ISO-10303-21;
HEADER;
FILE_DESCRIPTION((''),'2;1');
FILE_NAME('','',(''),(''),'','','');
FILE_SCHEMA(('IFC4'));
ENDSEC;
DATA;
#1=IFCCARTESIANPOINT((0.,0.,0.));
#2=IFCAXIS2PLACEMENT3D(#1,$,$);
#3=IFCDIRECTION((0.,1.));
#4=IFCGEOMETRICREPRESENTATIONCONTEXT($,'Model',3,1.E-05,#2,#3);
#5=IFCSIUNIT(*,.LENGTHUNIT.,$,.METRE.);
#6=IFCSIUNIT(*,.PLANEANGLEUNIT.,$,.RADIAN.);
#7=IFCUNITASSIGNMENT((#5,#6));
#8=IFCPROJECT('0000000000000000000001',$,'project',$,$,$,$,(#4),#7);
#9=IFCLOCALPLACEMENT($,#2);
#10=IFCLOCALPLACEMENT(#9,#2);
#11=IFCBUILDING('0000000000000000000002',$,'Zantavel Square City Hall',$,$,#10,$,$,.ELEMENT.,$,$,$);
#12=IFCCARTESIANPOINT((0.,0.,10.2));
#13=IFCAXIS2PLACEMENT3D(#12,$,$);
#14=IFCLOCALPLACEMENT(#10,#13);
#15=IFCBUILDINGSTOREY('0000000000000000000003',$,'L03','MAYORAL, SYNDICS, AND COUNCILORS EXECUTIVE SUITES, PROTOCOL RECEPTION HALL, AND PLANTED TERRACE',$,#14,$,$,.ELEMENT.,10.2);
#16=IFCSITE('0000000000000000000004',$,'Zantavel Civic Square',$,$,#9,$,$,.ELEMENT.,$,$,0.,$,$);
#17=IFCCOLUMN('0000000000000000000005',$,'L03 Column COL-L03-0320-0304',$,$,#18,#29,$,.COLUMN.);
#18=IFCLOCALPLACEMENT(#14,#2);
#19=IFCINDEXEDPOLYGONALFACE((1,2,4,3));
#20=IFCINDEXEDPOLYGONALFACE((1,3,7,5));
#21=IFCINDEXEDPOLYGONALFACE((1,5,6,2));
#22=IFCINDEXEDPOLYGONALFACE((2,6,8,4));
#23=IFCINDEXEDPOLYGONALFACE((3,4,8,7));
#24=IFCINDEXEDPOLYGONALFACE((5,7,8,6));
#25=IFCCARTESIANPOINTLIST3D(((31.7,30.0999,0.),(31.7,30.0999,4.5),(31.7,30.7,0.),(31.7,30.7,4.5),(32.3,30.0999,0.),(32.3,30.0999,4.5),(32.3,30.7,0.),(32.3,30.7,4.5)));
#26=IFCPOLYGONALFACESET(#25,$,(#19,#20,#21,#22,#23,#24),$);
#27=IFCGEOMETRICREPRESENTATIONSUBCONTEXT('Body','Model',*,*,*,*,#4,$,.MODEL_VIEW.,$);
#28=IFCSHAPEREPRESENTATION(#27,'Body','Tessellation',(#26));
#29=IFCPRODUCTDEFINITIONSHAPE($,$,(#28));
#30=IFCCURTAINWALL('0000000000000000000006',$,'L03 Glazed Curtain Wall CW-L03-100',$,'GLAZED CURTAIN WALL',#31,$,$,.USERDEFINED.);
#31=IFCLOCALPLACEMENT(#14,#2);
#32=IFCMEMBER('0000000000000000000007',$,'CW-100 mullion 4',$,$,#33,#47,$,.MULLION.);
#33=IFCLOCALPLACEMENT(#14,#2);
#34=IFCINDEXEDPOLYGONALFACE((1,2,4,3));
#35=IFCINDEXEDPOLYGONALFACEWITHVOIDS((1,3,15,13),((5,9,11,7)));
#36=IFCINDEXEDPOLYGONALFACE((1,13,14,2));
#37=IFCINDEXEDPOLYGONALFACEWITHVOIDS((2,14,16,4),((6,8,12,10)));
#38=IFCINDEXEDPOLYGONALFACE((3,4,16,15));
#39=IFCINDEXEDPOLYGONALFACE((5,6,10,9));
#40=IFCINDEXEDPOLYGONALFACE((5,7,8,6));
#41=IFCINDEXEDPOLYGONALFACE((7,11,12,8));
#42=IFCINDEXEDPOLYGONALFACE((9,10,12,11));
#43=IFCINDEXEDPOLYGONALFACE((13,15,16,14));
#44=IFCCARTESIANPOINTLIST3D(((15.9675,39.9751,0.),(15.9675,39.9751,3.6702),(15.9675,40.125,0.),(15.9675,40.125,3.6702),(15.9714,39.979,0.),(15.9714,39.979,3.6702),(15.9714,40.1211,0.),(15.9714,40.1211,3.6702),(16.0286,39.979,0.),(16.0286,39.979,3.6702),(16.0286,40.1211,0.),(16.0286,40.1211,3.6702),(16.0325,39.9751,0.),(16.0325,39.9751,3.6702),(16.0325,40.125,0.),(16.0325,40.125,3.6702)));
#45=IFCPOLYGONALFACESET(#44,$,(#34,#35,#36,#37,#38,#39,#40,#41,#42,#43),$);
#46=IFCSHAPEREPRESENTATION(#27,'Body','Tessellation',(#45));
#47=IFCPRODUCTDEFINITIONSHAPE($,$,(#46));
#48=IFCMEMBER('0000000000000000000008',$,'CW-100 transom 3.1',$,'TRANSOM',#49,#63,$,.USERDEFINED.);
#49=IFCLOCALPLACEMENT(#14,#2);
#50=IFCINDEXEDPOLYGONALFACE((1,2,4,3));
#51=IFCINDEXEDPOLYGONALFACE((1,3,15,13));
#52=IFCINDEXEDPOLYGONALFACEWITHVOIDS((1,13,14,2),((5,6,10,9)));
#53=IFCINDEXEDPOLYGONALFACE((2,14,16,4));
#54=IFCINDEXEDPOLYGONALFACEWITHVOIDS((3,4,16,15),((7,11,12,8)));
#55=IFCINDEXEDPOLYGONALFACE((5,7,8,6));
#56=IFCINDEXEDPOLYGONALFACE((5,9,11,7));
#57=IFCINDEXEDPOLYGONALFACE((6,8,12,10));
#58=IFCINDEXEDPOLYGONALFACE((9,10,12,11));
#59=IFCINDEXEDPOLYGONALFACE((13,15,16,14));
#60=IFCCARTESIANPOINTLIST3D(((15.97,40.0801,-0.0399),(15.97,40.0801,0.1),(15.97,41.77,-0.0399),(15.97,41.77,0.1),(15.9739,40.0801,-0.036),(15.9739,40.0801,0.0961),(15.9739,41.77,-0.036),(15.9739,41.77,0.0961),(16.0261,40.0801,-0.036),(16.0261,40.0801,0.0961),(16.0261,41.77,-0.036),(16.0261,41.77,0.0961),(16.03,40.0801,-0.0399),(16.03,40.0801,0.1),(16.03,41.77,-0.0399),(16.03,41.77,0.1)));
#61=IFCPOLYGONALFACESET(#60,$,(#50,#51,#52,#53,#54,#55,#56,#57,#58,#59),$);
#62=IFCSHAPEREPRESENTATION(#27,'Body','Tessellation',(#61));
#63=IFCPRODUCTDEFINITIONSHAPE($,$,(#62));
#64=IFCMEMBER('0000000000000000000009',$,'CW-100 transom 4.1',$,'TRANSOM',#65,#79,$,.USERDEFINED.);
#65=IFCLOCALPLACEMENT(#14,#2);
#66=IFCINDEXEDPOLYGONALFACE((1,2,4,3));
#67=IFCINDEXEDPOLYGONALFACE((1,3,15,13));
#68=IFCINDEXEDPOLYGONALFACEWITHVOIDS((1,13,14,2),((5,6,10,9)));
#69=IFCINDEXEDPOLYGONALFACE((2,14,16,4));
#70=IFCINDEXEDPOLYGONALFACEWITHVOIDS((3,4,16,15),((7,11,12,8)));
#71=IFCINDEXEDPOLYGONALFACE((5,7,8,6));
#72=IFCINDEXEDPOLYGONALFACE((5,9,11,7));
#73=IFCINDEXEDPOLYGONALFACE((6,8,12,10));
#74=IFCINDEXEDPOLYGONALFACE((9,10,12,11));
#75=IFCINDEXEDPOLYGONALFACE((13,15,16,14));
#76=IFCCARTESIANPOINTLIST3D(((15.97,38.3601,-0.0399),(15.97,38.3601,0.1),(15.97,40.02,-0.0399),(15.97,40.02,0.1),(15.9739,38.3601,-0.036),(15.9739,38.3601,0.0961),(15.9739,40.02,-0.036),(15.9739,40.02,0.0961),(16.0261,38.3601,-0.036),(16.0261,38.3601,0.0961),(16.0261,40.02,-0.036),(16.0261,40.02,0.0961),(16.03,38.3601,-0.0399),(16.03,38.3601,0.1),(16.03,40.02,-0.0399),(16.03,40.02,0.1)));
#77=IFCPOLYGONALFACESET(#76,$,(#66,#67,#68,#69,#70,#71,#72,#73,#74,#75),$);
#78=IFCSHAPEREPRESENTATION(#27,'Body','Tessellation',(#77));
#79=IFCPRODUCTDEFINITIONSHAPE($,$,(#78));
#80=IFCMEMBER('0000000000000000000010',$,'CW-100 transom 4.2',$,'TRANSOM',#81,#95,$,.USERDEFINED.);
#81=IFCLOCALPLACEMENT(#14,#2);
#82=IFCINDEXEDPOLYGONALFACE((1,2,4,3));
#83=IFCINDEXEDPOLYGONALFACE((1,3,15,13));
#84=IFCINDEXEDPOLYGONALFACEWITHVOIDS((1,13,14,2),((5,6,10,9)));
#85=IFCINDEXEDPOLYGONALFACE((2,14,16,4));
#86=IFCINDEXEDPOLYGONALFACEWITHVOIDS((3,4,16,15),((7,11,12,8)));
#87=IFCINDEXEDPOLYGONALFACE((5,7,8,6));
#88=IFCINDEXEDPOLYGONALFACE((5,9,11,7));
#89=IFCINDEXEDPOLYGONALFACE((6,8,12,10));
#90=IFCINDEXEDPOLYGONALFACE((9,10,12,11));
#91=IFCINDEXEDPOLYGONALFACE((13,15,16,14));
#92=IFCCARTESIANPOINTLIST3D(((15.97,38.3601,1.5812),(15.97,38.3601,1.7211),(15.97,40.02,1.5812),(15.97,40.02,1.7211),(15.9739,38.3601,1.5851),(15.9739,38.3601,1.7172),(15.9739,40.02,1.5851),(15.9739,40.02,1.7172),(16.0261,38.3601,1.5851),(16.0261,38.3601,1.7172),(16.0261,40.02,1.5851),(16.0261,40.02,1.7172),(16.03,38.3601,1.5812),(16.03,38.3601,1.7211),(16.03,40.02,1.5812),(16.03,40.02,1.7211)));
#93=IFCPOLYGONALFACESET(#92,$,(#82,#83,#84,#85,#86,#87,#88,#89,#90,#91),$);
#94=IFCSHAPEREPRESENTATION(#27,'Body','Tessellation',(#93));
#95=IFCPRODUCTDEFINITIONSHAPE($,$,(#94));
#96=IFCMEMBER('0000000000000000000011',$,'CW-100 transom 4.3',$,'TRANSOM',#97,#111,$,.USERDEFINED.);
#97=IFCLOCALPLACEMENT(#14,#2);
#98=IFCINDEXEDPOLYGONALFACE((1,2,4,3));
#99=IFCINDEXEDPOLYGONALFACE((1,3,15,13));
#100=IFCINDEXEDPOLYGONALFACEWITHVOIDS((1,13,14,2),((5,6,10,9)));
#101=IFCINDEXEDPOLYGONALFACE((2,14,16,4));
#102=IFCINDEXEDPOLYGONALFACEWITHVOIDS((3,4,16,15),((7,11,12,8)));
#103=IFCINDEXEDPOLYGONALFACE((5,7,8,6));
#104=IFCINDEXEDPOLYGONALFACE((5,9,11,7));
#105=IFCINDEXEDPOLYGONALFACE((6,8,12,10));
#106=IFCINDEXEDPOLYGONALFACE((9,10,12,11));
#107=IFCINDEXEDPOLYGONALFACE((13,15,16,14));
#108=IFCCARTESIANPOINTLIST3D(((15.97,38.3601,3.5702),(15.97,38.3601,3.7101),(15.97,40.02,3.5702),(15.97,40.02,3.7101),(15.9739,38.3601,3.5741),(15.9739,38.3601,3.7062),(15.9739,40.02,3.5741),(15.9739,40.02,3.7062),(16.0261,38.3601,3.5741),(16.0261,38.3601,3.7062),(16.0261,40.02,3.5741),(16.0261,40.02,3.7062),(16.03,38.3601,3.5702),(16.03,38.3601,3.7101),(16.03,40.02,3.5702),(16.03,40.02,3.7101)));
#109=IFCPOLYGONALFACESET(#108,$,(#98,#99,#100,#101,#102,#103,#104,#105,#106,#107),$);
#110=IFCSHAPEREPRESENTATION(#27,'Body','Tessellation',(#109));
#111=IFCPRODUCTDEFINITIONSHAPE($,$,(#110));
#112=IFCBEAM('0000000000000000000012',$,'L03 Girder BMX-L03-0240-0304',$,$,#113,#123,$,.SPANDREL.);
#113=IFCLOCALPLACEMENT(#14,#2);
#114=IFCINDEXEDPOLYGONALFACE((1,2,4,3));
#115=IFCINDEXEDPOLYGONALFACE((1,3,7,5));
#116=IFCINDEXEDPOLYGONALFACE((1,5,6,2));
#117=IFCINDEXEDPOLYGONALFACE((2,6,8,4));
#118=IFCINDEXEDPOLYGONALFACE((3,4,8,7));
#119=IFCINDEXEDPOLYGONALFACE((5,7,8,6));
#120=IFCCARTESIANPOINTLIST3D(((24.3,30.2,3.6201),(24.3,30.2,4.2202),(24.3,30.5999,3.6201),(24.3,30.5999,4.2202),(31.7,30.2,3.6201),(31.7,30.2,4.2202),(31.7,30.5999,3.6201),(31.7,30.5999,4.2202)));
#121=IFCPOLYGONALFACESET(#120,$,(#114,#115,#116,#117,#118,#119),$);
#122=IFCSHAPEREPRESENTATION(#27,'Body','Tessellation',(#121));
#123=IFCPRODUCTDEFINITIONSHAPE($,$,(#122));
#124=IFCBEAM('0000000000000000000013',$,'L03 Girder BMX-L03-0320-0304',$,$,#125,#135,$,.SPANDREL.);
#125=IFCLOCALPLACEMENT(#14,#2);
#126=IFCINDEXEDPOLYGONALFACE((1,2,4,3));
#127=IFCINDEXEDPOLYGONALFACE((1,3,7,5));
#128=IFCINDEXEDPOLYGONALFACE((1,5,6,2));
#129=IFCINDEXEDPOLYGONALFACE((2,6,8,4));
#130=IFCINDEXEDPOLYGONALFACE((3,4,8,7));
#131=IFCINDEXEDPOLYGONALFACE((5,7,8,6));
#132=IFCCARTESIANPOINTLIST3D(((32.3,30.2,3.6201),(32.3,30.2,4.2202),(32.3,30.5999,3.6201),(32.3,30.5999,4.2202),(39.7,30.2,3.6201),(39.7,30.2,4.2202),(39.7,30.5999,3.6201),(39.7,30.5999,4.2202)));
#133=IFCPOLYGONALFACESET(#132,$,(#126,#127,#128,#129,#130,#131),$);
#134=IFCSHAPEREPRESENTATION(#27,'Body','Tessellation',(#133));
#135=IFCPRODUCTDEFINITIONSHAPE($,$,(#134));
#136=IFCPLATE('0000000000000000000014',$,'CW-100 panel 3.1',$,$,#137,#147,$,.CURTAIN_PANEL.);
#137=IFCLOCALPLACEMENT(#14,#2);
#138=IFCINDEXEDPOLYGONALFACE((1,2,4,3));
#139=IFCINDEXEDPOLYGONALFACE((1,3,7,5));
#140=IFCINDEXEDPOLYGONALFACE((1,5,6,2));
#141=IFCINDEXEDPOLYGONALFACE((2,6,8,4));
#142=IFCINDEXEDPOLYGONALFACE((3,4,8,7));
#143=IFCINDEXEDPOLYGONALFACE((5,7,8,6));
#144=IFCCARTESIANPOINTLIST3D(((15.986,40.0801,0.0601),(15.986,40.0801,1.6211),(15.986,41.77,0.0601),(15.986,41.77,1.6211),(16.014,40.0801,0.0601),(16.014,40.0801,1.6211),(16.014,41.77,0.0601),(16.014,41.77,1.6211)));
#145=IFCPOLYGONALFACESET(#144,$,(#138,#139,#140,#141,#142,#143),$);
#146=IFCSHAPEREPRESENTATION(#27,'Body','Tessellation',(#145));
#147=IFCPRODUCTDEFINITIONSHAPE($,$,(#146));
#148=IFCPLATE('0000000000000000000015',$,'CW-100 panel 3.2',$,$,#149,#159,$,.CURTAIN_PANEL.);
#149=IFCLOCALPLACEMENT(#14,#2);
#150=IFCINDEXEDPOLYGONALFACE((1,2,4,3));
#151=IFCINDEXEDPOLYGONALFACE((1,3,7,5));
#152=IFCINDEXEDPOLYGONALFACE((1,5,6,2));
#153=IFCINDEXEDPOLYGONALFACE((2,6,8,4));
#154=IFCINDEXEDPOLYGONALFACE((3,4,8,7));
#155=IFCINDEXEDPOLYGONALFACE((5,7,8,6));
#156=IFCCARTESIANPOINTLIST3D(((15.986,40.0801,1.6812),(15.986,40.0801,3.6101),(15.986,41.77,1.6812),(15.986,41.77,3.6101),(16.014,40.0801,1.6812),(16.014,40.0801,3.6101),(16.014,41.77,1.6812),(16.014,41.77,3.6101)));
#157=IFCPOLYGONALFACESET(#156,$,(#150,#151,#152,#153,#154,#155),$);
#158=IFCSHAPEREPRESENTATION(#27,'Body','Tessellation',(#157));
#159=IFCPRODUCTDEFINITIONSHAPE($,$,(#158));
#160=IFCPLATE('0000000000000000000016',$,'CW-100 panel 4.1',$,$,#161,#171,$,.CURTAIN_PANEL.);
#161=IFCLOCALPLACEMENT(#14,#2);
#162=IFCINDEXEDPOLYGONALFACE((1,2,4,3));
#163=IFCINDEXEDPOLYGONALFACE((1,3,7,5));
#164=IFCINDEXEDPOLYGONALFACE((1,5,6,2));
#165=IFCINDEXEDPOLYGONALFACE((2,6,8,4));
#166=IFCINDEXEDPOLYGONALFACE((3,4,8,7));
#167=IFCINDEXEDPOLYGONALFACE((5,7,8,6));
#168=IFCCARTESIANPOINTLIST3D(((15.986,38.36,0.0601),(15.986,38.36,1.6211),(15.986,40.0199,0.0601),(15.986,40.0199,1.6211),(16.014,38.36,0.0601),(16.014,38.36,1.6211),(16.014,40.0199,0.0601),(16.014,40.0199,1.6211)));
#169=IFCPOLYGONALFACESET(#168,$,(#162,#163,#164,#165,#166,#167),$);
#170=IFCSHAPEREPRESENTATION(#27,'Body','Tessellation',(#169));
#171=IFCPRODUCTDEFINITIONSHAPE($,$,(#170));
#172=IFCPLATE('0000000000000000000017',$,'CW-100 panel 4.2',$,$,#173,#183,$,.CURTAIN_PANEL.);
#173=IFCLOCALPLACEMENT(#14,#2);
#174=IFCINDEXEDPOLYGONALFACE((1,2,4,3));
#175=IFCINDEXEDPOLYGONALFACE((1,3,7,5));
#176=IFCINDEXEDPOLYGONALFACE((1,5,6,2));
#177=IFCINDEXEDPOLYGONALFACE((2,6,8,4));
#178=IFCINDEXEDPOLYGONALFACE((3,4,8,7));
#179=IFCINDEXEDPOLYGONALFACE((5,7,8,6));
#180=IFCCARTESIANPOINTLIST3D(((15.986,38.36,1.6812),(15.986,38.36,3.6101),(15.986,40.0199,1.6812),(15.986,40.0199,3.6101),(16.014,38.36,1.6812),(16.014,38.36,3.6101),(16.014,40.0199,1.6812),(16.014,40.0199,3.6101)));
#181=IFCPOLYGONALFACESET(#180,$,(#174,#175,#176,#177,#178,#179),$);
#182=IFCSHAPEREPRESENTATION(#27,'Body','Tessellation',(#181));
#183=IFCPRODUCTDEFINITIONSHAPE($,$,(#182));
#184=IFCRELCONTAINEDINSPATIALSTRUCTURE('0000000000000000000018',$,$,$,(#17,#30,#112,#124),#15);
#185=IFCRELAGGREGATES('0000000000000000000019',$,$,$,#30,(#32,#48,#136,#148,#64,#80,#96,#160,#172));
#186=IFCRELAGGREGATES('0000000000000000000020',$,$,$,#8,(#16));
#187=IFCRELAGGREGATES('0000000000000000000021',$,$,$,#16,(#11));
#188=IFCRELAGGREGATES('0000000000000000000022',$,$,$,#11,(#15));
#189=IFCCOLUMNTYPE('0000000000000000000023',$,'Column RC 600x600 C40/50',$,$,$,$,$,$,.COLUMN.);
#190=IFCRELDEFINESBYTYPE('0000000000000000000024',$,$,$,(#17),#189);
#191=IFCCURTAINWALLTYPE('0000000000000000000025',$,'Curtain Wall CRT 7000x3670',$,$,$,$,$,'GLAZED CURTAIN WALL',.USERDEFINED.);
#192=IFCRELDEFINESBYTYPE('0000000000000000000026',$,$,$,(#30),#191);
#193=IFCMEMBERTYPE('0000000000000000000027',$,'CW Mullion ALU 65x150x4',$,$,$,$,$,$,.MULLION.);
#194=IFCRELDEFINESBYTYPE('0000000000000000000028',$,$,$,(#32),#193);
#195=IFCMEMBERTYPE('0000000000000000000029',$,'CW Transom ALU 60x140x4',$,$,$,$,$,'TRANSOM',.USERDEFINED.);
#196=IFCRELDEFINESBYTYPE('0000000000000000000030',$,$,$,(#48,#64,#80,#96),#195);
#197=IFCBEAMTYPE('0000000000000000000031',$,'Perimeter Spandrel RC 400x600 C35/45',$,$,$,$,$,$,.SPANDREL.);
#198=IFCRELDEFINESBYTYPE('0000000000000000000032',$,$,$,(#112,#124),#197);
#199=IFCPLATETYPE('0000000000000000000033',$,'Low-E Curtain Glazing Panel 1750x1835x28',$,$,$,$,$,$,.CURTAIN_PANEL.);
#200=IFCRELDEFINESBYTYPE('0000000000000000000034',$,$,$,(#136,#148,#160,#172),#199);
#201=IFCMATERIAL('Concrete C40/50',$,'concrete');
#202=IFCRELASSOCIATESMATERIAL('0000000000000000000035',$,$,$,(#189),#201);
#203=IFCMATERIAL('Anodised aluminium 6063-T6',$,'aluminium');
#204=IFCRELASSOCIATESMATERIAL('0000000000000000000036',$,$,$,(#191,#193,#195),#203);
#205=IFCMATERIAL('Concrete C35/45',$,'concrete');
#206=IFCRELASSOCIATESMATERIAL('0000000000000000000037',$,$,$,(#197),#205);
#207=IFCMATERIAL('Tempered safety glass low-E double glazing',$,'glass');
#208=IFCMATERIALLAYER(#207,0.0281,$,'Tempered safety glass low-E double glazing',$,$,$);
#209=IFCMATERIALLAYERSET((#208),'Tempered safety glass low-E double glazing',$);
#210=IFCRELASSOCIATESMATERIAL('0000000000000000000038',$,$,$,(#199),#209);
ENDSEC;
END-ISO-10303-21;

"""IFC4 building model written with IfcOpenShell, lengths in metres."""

from ifc_helpers import new_model, si_unit, direction, frame, origin, origin_2d, place, context, subcontext, project, spatial, rectangle, hollow_rectangle, extrude, material, layer, layer_set, material_profile, profile_set, type_object, element, aggregate, save


model = new_model("IFC4")

# Units and contexts
model_context = context("Model", 3, precision=1e-05, world=origin(), true_north=direction((0.0, 1.0)))
body_context = subcontext(model_context, "Body", "Model", "MODEL_VIEW")
ifc_project = project(units=[si_unit("LENGTHUNIT", "METRE"), si_unit("PLANEANGLEUNIT", "RADIAN")], contexts=[model_context])

# Site, building, storey
site_placement = place(None, origin())
site = spatial("IfcSite", under=ifc_project, at=site_placement, Name="Zantavel Civic Square", CompositionType="ELEMENT", RefElevation=0.0)
building_placement = place(site_placement, origin())
building = spatial("IfcBuilding", under=site, at=building_placement, Name="Zantavel Square City Hall", CompositionType="ELEMENT")
storey_placement = place(building_placement, frame((0.0, 0.0, 10.2)))
storey = spatial("IfcBuildingStorey", under=building, at=storey_placement, Name="L03", Description="MAYORAL, SYNDICS, AND COUNCILORS EXECUTIVE SUITES, PROTOCOL RECEPTION HALL, AND PLANTED TERRACE", CompositionType="ELEMENT", Elevation=10.2)

# Column
ifc_material_1 = material(Name="Concrete C40/50", Category="concrete")
ifc_material_profile_1 = material_profile(ifc_material_1, rectangle(XDim=0.6001, YDim=0.6001, at=origin_2d()), Name="RC 600x600")
ifc_profile_set_1 = profile_set([ifc_material_profile_1], Name="Concrete C40/50")
column_type = type_object("IfcColumnType", Name="Column RC 600x600 C40/50", PredefinedType="COLUMN", material=ifc_profile_set_1)
column_placement = place(storey_placement, frame((32.0, 30.3999, 0.0), z_axis=(0.0, 0.0, 1.0), x_axis=(1.0, 0.0, 0.0)))
element("IfcColumn", 1, at=column_placement, inside=storey, type_object=column_type, Name="L03 Column COL-L03-0320-0304", PredefinedType="COLUMN", context=body_context, shape_type="SweptSolid", body=[
    extrude(rectangle(XDim=0.6001, YDim=0.6001, at=origin_2d()), origin(), (0.0, 0.0, 1.0), 4.5),
])

# Curtain wall, members
ifc_material_2 = material(Name="Anodised aluminium 6063-T6", Category="aluminium")
curtain_wall_type = type_object("IfcCurtainWallType", Name="Curtain Wall CRT 7000x3670", ElementType="GLAZED CURTAIN WALL", PredefinedType="USERDEFINED", material=ifc_material_2)
curtain_wall_placement = place(storey_placement, origin())
curtain_wall = element("IfcCurtainWall", 2, at=curtain_wall_placement, inside=storey, type_object=curtain_wall_type, Name="L03 Glazed Curtain Wall CW-L03-100", ObjectType="GLAZED CURTAIN WALL", PredefinedType="USERDEFINED")
ifc_material_profile_2 = material_profile(ifc_material_2, hollow_rectangle(XDim=0.0649, YDim=0.1499, WallThickness=0.0039, at=origin_2d()), Name="ALU 65x150x4")
ifc_profile_set_2 = profile_set([ifc_material_profile_2], Name="Anodised aluminium 6063-T6")
member_type_1 = type_object("IfcMemberType", Name="CW Mullion ALU 65x150x4", PredefinedType="MULLION", material=ifc_profile_set_2)
member_1_placement = place(storey_placement, frame((16.0, 40.05, 0.0), z_axis=(0.0, 0.0, 1.0), x_axis=(1.0, 0.0, 0.0)))
member_1 = element("IfcMember", 3, at=member_1_placement, type_object=member_type_1, Name="CW-100 mullion 4", PredefinedType="MULLION", context=body_context, shape_type="SweptSolid", body=[
    extrude(hollow_rectangle(XDim=0.0649, YDim=0.1499, WallThickness=0.0039, at=origin_2d()), origin(), (0.0, 0.0, 1.0), 3.6702),
])
ifc_material_profile_3 = material_profile(ifc_material_2, hollow_rectangle(XDim=0.0601, YDim=0.1399, WallThickness=0.0039, at=origin_2d()), Name="ALU 60x140x4")
ifc_profile_set_3 = profile_set([ifc_material_profile_3], Name="Anodised aluminium 6063-T6")
member_type_2 = type_object("IfcMemberType", Name="CW Transom ALU 60x140x4", ElementType="TRANSOM", PredefinedType="USERDEFINED", material=ifc_profile_set_3)
member_2_placement = place(storey_placement, frame((16.0, 41.77, 0.03), z_axis=(0.0, -1.0, 0.0), x_axis=(1.0, 0.0, 0.0)))
member_2 = element("IfcMember", 4, at=member_2_placement, type_object=member_type_2, Name="CW-100 transom 3.1", ObjectType="TRANSOM", PredefinedType="USERDEFINED", context=body_context, shape_type="SweptSolid", body=[
    extrude(hollow_rectangle(XDim=0.0601, YDim=0.1399, WallThickness=0.0039, at=origin_2d()), origin(), (0.0, 0.0, 1.0), 1.6899),
])
member_3_placement = place(storey_placement, frame((16.0, 40.02, 0.03), z_axis=(0.0, -1.0, 0.0), x_axis=(1.0, 0.0, 0.0)))
member_3 = element("IfcMember", 5, at=member_3_placement, type_object=member_type_2, Name="CW-100 transom 4.1", ObjectType="TRANSOM", PredefinedType="USERDEFINED", context=body_context, shape_type="SweptSolid", body=[
    extrude(hollow_rectangle(XDim=0.0601, YDim=0.1399, WallThickness=0.0039, at=origin_2d()), origin(), (0.0, 0.0, 1.0), 1.6599),
])
member_4_placement = place(storey_placement, frame((16.0, 40.02, 1.6511), z_axis=(0.0, -1.0, 0.0), x_axis=(1.0, 0.0, 0.0)))
member_4 = element("IfcMember", 6, at=member_4_placement, type_object=member_type_2, Name="CW-100 transom 4.2", ObjectType="TRANSOM", PredefinedType="USERDEFINED", context=body_context, shape_type="SweptSolid", body=[
    extrude(hollow_rectangle(XDim=0.0601, YDim=0.1399, WallThickness=0.0039, at=origin_2d()), origin(), (0.0, 0.0, 1.0), 1.6599),
])
member_5_placement = place(storey_placement, frame((16.0, 40.02, 3.6401), z_axis=(0.0, -1.0, 0.0), x_axis=(1.0, 0.0, 0.0)))
member_5 = element("IfcMember", 7, at=member_5_placement, type_object=member_type_2, Name="CW-100 transom 4.3", ObjectType="TRANSOM", PredefinedType="USERDEFINED", context=body_context, shape_type="SweptSolid", body=[
    extrude(hollow_rectangle(XDim=0.0601, YDim=0.1399, WallThickness=0.0039, at=origin_2d()), origin(), (0.0, 0.0, 1.0), 1.6599),
])

# Beams
ifc_material_3 = material(Name="Concrete C35/45", Category="concrete")
ifc_material_profile_4 = material_profile(ifc_material_3, rectangle(XDim=0.3999, YDim=0.6001, at=origin_2d()), Name="RC 400x600")
ifc_profile_set_4 = profile_set([ifc_material_profile_4], Name="Concrete C35/45")
beam_type = type_object("IfcBeamType", Name="Perimeter Spandrel RC 400x600 C35/45", PredefinedType="SPANDREL", material=ifc_profile_set_4)
for number, where, z_axis, x_axis, name in (
    (8, (24.3, 30.3999, 3.9202), (1.0, 0.0, 0.0), (0.0, 1.0, 0.0), "L03 Girder BMX-L03-0240-0304"),
    (9, (32.3, 30.3999, 3.9202), (1.0, 0.0, 0.0), (0.0, 1.0, 0.0), "L03 Girder BMX-L03-0320-0304"),
):
    element("IfcBeam", number, at=place(storey_placement, frame(where, z_axis=z_axis, x_axis=x_axis)), inside=storey, type_object=beam_type, Name=name, PredefinedType="SPANDREL", context=body_context, shape_type="SweptSolid", body=[
        extrude(rectangle(XDim=0.3999, YDim=0.6001, at=origin_2d()), origin(), (0.0, 0.0, 1.0), 7.3999),
    ])

# Plates
ifc_material_4 = material(Name="Tempered safety glass low-E double glazing", Category="glass")
ifc_layer_1 = layer(ifc_material_4, 0.0281, Name="Tempered safety glass low-E double glazing")
ifc_layer_set_1 = layer_set([ifc_layer_1], Name="Tempered safety glass low-E double glazing")
plate_type = type_object("IfcPlateType", Name="Low-E Curtain Glazing Panel 1750x1835x28", PredefinedType="CURTAIN_PANEL", material=ifc_layer_set_1)
plate_1_placement = place(storey_placement, frame((16.0, 40.925, 0.0601), z_axis=(0.0, 0.0, 1.0), x_axis=(0.0, -1.0, 0.0)))
plate_1 = element("IfcPlate", 10, at=plate_1_placement, type_object=plate_type, Name="CW-100 panel 3.1", PredefinedType="CURTAIN_PANEL", context=body_context, shape_type="SweptSolid", body=[
    extrude(rectangle(XDim=1.6899, YDim=0.0281, at=origin_2d()), origin(), (0.0, 0.0, 1.0), 1.561),
])
plate_2_placement = place(storey_placement, frame((16.0, 40.925, 1.6812), z_axis=(0.0, 0.0, 1.0), x_axis=(0.0, -1.0, 0.0)))
plate_2 = element("IfcPlate", 11, at=plate_2_placement, type_object=plate_type, Name="CW-100 panel 3.2", PredefinedType="CURTAIN_PANEL", context=body_context, shape_type="SweptSolid", body=[
    extrude(rectangle(XDim=1.6899, YDim=0.0281, at=origin_2d()), origin(), (0.0, 0.0, 1.0), 1.929),
])
plate_3_placement = place(storey_placement, frame((16.0, 39.1899, 0.0601), z_axis=(0.0, 0.0, 1.0), x_axis=(0.0, -1.0, 0.0)))
plate_3 = element("IfcPlate", 12, at=plate_3_placement, type_object=plate_type, Name="CW-100 panel 4.1", PredefinedType="CURTAIN_PANEL", context=body_context, shape_type="SweptSolid", body=[
    extrude(rectangle(XDim=1.6599, YDim=0.0281, at=origin_2d()), origin(), (0.0, 0.0, 1.0), 1.561),
])
plate_4_placement = place(storey_placement, frame((16.0, 39.1899, 1.6812), z_axis=(0.0, 0.0, 1.0), x_axis=(0.0, -1.0, 0.0)))
plate_4 = element("IfcPlate", 13, at=plate_4_placement, type_object=plate_type, Name="CW-100 panel 4.2", PredefinedType="CURTAIN_PANEL", context=body_context, shape_type="SweptSolid", body=[
    extrude(rectangle(XDim=1.6599, YDim=0.0281, at=origin_2d()), origin(), (0.0, 0.0, 1.0), 1.929),
])
aggregate(curtain_wall, [member_1, member_2, plate_1, plate_2, member_3, member_4, member_5, plate_3, plate_4])

save(model, "model.ifc")
